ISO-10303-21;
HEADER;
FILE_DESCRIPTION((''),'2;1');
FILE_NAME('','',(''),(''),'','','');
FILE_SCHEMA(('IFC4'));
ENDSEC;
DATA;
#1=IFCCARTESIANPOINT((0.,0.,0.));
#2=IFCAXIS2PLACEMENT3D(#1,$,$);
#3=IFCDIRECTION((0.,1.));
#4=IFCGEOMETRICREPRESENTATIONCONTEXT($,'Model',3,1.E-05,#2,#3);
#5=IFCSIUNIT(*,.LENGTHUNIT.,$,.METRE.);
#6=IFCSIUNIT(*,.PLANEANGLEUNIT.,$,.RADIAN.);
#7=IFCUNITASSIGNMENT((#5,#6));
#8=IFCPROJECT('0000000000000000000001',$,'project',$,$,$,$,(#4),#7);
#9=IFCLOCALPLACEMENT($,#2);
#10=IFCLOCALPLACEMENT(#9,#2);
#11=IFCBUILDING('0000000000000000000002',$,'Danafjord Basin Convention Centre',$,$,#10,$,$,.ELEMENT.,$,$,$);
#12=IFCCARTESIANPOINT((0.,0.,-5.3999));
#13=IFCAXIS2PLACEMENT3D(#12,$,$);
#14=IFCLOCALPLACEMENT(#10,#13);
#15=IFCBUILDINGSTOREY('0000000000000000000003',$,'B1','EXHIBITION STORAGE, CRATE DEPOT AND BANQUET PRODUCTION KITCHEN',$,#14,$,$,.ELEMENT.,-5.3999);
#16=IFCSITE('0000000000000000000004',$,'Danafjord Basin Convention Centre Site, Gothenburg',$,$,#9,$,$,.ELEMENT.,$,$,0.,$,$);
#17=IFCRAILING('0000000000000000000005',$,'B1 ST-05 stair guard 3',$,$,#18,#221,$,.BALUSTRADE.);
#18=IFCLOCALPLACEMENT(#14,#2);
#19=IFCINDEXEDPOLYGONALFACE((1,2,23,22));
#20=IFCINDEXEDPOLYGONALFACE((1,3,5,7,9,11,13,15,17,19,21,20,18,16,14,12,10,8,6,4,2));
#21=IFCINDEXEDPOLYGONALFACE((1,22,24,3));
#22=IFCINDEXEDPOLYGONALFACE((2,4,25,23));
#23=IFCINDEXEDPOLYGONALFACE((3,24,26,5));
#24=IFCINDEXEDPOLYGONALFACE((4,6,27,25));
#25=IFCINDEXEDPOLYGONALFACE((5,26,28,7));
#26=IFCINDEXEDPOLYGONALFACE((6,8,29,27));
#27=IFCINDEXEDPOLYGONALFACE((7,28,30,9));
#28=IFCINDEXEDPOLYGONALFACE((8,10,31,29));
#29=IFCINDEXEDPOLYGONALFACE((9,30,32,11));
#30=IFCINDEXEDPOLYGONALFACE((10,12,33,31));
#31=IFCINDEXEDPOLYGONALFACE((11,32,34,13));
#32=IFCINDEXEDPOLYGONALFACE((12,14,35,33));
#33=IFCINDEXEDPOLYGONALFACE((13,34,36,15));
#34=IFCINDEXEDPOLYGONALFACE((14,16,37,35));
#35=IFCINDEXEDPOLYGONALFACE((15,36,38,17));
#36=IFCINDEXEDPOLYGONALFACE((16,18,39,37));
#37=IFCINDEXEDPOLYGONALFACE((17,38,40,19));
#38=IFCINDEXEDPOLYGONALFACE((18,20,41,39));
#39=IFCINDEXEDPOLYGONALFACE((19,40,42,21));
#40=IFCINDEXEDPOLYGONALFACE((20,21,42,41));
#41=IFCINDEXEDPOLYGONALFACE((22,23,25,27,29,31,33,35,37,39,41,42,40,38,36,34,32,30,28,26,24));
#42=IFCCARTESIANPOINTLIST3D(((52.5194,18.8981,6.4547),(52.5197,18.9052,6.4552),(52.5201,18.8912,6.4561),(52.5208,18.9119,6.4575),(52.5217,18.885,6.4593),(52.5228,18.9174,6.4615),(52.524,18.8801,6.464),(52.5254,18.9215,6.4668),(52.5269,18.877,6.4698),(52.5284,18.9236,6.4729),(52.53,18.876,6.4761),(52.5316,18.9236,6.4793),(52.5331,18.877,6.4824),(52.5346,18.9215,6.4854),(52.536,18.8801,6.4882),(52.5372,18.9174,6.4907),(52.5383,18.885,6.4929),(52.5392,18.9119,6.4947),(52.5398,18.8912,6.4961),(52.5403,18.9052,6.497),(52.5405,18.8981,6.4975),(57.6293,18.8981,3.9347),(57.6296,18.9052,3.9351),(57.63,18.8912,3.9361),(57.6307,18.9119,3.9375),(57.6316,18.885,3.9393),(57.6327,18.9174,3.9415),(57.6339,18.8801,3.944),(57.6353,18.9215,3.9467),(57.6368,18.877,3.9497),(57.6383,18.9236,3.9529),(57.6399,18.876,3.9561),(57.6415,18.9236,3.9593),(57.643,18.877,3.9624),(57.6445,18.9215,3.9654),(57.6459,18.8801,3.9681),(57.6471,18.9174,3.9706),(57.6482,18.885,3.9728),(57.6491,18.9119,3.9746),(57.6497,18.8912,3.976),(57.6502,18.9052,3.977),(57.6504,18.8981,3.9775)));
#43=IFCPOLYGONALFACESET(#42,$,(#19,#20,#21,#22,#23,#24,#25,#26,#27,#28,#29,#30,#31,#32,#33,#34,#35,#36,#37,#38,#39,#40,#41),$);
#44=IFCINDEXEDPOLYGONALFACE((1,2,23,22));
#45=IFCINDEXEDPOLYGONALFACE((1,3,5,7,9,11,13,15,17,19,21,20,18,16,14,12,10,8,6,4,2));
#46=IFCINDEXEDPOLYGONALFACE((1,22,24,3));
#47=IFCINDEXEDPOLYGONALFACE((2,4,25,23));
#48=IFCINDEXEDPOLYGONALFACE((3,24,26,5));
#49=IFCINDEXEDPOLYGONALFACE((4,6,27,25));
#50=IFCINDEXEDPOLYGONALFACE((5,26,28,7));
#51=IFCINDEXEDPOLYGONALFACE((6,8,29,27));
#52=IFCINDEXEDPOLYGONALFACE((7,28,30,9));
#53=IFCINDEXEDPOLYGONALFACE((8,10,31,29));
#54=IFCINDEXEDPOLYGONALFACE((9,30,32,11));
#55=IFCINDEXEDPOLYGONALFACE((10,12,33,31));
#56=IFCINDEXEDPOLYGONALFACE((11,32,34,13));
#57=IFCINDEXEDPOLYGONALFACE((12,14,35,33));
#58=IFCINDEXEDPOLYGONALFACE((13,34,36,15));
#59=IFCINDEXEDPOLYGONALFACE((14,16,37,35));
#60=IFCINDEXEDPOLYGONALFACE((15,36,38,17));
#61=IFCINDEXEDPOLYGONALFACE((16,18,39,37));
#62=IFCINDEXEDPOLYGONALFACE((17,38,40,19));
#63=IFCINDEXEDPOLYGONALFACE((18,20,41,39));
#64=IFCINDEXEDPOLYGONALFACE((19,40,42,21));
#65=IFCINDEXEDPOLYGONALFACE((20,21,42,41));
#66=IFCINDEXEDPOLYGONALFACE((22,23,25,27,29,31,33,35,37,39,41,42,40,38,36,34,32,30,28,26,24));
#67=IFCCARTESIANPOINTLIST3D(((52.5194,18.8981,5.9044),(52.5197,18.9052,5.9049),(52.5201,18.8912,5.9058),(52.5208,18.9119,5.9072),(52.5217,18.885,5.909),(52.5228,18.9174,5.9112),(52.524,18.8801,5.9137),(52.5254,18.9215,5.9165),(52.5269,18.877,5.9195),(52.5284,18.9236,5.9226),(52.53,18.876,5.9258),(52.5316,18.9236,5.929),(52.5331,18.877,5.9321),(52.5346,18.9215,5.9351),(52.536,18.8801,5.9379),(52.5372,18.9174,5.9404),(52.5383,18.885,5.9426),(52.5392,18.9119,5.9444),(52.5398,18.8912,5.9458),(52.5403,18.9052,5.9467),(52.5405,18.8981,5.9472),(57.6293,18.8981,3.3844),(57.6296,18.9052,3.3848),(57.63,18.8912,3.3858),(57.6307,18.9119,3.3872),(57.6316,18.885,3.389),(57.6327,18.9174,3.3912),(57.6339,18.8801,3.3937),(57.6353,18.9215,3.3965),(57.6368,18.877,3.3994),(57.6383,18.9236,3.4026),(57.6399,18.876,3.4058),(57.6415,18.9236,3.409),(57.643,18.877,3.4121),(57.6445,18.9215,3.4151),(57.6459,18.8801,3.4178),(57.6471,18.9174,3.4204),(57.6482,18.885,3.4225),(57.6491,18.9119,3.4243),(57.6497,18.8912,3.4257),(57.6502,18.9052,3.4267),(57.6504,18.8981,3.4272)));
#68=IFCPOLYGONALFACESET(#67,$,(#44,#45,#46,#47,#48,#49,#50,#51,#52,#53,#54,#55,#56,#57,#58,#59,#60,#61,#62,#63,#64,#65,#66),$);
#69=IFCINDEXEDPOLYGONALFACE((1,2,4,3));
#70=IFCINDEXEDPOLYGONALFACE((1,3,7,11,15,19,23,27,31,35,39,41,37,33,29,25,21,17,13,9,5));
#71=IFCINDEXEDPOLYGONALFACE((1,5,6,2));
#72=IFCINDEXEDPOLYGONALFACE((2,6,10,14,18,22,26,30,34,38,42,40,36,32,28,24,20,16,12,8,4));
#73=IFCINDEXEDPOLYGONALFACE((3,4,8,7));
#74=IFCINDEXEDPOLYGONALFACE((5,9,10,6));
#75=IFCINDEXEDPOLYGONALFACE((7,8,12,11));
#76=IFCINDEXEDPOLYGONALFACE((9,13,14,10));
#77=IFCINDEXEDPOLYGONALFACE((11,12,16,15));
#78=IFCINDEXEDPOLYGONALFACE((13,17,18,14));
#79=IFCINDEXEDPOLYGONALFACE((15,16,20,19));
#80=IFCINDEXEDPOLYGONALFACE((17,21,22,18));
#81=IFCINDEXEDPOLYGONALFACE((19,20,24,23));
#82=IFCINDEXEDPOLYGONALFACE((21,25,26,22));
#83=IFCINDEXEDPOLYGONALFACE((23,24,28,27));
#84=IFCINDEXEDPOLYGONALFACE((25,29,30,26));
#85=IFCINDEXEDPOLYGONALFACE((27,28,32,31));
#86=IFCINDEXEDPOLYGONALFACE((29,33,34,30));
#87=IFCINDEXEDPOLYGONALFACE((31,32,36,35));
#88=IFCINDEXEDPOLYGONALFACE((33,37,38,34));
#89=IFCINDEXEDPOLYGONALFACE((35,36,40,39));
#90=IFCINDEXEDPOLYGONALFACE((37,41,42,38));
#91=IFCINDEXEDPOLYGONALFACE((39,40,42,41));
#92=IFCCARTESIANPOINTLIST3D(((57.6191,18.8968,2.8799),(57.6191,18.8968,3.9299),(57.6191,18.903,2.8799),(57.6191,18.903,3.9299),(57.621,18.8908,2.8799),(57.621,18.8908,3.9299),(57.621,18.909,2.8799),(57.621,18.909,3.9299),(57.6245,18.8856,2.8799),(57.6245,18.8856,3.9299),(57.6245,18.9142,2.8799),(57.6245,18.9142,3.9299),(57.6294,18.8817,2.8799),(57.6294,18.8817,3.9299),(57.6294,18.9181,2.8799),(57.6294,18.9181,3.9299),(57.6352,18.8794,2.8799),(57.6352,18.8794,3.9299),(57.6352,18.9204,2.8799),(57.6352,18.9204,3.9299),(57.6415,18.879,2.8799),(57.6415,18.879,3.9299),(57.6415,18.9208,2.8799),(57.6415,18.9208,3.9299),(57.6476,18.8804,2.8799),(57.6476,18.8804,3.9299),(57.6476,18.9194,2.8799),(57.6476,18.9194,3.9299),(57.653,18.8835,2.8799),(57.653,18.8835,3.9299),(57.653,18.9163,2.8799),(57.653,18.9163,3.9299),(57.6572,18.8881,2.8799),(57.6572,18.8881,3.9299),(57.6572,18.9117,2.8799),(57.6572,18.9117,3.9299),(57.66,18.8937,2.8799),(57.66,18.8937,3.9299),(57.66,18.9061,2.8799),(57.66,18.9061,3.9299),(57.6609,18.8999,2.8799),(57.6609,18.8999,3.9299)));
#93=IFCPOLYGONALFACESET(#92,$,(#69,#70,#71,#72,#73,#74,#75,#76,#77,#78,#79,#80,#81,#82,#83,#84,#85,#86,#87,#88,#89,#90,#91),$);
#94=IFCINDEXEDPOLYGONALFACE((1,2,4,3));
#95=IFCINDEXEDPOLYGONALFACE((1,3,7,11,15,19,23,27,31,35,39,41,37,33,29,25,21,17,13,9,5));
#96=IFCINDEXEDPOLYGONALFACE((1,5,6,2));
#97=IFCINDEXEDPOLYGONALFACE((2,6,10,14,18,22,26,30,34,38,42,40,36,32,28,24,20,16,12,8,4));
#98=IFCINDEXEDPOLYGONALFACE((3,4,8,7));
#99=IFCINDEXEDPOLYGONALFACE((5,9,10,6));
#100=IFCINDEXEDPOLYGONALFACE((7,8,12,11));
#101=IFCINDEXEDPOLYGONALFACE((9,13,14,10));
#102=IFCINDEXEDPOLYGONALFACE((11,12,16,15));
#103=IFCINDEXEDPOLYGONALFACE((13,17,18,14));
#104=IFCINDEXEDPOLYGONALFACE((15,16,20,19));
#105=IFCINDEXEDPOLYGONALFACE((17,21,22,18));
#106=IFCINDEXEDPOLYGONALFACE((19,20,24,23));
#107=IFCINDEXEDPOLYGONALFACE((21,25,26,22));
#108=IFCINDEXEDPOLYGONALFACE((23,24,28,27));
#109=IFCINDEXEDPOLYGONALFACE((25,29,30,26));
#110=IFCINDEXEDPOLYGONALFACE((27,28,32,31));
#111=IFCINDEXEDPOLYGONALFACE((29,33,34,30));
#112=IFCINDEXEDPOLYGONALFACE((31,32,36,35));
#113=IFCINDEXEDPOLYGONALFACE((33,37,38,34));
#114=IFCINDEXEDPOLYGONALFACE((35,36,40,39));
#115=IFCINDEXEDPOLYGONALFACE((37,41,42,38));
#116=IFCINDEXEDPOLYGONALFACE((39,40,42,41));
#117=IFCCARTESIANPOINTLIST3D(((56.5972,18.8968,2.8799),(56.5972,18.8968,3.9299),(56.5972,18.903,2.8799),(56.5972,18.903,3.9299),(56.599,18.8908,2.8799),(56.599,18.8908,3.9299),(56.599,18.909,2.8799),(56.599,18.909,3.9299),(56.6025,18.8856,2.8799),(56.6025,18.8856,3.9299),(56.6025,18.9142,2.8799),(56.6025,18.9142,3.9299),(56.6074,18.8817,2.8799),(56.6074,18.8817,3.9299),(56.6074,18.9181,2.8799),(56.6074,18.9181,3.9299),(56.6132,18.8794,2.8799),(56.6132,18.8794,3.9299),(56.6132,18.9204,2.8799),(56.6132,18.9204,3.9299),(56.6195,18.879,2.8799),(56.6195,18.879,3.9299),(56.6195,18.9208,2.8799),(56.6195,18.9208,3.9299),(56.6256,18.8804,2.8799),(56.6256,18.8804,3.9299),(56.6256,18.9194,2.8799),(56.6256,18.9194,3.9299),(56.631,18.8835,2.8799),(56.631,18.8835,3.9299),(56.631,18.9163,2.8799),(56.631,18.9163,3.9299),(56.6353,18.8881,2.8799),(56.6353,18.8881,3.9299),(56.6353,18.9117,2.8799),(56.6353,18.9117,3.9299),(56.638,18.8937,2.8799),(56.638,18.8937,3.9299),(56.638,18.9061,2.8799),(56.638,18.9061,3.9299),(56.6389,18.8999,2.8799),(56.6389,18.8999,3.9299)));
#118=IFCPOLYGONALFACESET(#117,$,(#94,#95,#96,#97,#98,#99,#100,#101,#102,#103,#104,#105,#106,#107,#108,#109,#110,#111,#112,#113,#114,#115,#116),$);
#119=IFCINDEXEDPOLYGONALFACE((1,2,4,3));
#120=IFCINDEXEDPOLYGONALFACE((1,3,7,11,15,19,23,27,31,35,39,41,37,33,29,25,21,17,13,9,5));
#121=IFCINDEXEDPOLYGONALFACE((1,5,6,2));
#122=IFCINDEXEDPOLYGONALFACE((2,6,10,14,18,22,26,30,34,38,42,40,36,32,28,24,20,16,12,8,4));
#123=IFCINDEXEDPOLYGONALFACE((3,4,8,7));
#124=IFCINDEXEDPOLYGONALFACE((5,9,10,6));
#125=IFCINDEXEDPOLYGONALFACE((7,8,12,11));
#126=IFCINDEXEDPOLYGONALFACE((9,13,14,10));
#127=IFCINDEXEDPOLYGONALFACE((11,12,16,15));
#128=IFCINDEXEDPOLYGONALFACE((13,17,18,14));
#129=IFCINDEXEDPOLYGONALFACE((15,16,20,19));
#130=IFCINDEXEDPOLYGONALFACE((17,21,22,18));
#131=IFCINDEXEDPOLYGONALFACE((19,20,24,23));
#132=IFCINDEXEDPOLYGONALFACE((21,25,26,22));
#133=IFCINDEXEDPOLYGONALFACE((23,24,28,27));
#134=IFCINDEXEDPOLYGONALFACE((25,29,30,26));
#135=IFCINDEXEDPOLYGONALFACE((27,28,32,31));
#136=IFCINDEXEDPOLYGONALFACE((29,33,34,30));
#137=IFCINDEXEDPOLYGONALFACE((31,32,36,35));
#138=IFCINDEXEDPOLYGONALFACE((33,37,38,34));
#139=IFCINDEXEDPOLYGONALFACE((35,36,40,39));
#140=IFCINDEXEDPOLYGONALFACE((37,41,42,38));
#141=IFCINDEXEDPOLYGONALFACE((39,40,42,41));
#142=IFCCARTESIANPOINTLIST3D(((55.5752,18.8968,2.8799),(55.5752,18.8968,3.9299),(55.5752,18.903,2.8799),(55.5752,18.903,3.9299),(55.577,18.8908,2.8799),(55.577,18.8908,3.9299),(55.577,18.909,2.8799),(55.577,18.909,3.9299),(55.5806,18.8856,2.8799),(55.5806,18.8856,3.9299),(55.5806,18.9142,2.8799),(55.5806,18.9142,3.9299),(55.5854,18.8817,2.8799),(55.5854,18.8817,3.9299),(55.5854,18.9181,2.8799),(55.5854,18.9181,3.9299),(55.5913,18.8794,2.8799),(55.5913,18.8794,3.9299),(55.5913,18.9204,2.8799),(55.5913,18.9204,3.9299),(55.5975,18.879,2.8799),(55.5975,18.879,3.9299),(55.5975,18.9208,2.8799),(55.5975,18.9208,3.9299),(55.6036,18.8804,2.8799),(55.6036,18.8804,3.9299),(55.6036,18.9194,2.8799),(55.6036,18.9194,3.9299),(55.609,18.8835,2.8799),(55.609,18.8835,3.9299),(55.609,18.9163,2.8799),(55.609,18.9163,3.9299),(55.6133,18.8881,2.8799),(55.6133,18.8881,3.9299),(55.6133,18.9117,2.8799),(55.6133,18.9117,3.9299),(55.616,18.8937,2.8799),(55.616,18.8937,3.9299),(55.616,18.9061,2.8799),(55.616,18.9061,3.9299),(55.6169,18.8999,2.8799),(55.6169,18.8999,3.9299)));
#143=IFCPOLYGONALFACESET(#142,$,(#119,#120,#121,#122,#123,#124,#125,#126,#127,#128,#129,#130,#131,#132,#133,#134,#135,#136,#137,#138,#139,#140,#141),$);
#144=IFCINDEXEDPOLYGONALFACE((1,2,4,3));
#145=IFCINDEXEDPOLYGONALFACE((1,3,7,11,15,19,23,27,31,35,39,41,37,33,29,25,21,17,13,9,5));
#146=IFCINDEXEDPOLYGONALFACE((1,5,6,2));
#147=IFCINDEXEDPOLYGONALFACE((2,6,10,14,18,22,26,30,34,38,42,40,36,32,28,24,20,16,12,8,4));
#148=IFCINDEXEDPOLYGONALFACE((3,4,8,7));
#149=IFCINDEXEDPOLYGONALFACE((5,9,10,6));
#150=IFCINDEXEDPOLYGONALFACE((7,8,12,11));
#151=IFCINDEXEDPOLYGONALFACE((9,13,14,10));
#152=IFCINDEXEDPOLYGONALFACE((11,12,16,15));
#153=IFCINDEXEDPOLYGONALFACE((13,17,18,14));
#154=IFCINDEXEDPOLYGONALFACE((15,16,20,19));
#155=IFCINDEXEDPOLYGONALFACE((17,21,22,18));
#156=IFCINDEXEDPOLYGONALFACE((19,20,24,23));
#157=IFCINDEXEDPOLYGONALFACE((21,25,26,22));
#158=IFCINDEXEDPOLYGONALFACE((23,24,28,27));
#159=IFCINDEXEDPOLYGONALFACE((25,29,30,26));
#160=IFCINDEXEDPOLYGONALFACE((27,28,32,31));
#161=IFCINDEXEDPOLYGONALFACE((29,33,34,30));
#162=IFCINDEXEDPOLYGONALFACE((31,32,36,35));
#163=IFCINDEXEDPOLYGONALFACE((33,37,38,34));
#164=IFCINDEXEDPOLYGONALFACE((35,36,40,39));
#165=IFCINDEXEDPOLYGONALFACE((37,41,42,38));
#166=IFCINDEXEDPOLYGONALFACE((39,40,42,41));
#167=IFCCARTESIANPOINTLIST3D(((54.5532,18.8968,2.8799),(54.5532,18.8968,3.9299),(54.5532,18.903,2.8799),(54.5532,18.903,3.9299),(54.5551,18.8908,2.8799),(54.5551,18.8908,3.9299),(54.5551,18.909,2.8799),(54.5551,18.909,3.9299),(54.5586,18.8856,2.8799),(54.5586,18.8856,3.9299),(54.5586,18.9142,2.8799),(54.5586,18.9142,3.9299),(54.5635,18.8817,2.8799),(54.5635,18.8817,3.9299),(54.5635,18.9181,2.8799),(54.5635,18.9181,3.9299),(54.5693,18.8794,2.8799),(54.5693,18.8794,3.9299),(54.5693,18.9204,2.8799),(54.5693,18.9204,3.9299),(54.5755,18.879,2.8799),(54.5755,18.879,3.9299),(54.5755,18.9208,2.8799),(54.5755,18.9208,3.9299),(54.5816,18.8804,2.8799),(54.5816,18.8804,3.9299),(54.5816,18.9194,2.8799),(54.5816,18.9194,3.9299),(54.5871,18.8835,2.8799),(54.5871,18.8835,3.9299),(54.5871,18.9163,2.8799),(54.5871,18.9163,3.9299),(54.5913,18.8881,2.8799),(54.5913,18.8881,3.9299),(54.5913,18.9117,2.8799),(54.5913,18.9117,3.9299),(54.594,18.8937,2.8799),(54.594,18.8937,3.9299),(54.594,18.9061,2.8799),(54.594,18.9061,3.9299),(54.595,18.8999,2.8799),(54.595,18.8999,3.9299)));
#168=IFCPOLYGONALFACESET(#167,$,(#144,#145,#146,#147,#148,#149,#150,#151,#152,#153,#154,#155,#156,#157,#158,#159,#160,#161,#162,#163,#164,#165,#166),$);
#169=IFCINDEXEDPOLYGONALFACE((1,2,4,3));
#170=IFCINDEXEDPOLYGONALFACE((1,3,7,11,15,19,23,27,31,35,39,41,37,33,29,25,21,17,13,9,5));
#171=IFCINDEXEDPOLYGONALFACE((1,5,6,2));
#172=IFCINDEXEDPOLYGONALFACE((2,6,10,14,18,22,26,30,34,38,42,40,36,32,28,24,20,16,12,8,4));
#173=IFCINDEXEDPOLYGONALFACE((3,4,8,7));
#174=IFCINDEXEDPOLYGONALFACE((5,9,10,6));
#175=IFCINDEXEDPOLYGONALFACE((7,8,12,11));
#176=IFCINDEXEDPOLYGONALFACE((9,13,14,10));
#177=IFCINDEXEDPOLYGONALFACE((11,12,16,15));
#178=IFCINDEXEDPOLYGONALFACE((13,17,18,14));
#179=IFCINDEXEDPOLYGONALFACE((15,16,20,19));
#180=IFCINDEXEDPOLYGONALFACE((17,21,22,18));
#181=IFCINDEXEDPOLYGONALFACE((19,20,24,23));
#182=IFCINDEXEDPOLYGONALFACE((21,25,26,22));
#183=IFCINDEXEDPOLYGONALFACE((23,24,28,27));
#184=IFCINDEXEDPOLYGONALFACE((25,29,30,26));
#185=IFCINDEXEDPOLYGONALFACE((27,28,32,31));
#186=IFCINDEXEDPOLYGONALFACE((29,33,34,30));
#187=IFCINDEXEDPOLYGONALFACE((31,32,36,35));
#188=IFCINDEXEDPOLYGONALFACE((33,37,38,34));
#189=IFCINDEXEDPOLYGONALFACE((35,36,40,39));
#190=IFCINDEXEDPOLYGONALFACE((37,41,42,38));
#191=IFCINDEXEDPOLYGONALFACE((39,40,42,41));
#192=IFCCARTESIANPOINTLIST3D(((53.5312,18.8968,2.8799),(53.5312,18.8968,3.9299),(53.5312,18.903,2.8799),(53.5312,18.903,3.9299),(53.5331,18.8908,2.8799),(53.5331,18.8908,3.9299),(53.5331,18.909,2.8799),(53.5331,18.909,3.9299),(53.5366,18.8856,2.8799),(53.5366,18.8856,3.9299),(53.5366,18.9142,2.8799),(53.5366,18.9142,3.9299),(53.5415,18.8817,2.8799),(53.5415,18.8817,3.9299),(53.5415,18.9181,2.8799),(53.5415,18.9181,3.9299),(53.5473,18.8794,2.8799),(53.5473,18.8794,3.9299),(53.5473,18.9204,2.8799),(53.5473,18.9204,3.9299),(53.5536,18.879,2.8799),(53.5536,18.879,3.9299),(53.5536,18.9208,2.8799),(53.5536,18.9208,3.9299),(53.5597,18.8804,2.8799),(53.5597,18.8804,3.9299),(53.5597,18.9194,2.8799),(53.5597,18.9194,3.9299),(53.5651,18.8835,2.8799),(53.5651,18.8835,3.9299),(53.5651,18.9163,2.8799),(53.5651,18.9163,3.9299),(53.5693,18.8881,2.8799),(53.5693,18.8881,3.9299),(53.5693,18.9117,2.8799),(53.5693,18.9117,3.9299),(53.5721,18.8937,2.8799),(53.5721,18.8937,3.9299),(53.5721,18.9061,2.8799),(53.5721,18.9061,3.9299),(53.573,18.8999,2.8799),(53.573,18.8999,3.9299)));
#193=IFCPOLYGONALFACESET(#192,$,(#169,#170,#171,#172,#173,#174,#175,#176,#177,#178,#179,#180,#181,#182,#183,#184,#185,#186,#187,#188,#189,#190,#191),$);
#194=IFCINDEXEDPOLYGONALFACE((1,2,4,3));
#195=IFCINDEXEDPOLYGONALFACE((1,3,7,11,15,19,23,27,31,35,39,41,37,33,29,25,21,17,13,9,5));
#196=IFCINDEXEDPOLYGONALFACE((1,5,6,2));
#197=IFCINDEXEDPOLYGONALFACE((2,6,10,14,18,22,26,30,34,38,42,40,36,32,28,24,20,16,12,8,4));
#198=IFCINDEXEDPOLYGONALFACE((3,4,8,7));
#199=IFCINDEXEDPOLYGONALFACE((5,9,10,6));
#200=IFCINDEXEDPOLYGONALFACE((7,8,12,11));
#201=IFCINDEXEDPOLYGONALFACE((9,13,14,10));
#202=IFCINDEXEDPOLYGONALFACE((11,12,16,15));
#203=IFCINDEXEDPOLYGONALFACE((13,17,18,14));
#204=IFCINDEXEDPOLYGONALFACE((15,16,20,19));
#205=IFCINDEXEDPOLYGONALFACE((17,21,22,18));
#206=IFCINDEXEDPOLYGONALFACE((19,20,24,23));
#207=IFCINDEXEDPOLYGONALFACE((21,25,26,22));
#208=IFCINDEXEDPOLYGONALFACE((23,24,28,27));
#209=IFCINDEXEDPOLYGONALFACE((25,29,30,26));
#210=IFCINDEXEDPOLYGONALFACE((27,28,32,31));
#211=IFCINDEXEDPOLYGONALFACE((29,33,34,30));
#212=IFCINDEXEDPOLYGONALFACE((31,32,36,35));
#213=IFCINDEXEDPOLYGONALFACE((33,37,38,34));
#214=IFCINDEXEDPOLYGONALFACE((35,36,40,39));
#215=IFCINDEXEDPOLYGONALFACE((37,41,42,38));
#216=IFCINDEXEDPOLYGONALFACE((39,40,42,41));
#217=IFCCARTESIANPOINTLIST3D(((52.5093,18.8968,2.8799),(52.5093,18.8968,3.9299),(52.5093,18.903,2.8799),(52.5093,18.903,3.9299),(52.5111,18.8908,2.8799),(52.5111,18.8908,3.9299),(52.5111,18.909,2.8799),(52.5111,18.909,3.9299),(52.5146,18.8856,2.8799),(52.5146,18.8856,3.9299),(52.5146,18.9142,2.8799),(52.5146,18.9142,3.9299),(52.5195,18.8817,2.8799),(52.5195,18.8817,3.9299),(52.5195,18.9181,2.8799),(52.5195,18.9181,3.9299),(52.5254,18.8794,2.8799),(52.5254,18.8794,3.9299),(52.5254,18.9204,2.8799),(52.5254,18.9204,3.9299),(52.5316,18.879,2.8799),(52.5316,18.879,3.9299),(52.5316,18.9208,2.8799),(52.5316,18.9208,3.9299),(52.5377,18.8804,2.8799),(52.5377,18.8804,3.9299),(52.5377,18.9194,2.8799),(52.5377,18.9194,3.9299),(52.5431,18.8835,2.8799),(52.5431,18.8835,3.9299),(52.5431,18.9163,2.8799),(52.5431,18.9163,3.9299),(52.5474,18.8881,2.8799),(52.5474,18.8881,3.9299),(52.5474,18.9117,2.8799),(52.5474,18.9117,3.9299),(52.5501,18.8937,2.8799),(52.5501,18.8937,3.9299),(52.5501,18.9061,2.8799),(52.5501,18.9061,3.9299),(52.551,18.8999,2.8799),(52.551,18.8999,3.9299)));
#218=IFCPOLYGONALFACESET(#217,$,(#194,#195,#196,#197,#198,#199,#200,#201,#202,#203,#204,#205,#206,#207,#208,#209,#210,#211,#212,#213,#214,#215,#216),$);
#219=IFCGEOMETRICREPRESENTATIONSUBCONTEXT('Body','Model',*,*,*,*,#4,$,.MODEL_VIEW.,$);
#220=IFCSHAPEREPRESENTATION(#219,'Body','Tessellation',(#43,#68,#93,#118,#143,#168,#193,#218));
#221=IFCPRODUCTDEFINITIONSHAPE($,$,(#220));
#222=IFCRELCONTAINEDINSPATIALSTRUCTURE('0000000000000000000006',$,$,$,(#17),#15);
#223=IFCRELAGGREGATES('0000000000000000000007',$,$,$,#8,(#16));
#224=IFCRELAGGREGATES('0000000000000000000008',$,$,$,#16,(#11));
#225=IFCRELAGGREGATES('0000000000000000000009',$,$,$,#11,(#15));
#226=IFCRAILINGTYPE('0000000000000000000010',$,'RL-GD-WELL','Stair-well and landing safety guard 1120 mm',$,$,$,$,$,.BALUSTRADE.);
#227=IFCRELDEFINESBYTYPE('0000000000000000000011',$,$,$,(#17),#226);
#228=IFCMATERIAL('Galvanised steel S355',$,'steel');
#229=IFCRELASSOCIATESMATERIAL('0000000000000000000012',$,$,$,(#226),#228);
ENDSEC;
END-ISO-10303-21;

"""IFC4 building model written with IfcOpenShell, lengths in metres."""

from ifc_helpers import new_model, si_unit, direction, frame, origin, origin_2d, place, context, subcontext, project, spatial, circle, extrude, material, type_object, element, save


model = new_model("IFC4")

# Units and contexts
model_context = context("Model", 3, precision=1e-05, world=origin(), true_north=direction((0.0, 1.0)))
body_context = subcontext(model_context, "Body", "Model", "MODEL_VIEW")
ifc_project = project(units=[si_unit("LENGTHUNIT", "METRE"), si_unit("PLANEANGLEUNIT", "RADIAN")], contexts=[model_context])

# Site, building, storey
site_placement = place(None, origin())
site = spatial("IfcSite", under=ifc_project, at=site_placement, Name="Danafjord Basin Convention Centre Site, Gothenburg", CompositionType="ELEMENT", RefElevation=0.0)
building_placement = place(site_placement, origin())
building = spatial("IfcBuilding", under=site, at=building_placement, Name="Danafjord Basin Convention Centre", CompositionType="ELEMENT")
storey_placement = place(building_placement, frame((0.0, 0.0, -5.3999)))
storey = spatial("IfcBuildingStorey", under=building, at=storey_placement, Name="B1", Description="EXHIBITION STORAGE, CRATE DEPOT AND BANQUET PRODUCTION KITCHEN", CompositionType="ELEMENT", Elevation=-5.3999)

# Railing
ifc_material_1 = material(Name="Galvanised steel S355", Category="steel")
railing_type_1 = type_object("IfcRailingType", Name="RL-GD-WELL", Description="Stair-well and landing safety guard 1120 mm", PredefinedType="BALUSTRADE", material=ifc_material_1)
railing_1_placement = place(storey_placement, frame((57.6399, 18.8999, 2.8799)))
element("IfcRailing", 1, at=railing_1_placement, inside=storey, type_object=railing_type_1, Name="B1 ST-05 stair guard 3", PredefinedType="BALUSTRADE", context=body_context, shape_type="SweptSolid", body=[
    extrude(circle(Radius=0.0239, at=origin_2d()), frame((0.0, 0.0, 1.0762), z_axis=(-0.896865, 0.0, 0.442305), x_axis=(0.0, -1.0, 0.0)), (0.0, 0.0, 1.0), 5.6975),
    extrude(circle(Radius=0.0239, at=origin_2d()), frame((0.0, 0.0, 0.5259), z_axis=(-0.896865, 0.0, 0.442305), x_axis=(0.0, -1.0, 0.0)), (0.0, 0.0, 1.0), 5.6975),
    extrude(circle(Radius=0.021, at=origin_2d()), origin(), (0.0, 0.0, 1.0), 1.05),
    extrude(circle(Radius=0.021, at=origin_2d()), frame((-1.022, 0.0, 0.0)), (0.0, 0.0, 1.0), 1.05),
    extrude(circle(Radius=0.021, at=origin_2d()), frame((-2.0439, 0.0, 0.0)), (0.0, 0.0, 1.0), 1.05),
    extrude(circle(Radius=0.021, at=origin_2d()), frame((-3.0659, 0.0, 0.0)), (0.0, 0.0, 1.0), 1.05),
    extrude(circle(Radius=0.021, at=origin_2d()), frame((-4.0879, 0.0, 0.0)), (0.0, 0.0, 1.0), 1.05),
    extrude(circle(Radius=0.021, at=origin_2d()), frame((-5.1099, 0.0, 0.0)), (0.0, 0.0, 1.0), 1.05),
])

save(model, "model.ifc")
